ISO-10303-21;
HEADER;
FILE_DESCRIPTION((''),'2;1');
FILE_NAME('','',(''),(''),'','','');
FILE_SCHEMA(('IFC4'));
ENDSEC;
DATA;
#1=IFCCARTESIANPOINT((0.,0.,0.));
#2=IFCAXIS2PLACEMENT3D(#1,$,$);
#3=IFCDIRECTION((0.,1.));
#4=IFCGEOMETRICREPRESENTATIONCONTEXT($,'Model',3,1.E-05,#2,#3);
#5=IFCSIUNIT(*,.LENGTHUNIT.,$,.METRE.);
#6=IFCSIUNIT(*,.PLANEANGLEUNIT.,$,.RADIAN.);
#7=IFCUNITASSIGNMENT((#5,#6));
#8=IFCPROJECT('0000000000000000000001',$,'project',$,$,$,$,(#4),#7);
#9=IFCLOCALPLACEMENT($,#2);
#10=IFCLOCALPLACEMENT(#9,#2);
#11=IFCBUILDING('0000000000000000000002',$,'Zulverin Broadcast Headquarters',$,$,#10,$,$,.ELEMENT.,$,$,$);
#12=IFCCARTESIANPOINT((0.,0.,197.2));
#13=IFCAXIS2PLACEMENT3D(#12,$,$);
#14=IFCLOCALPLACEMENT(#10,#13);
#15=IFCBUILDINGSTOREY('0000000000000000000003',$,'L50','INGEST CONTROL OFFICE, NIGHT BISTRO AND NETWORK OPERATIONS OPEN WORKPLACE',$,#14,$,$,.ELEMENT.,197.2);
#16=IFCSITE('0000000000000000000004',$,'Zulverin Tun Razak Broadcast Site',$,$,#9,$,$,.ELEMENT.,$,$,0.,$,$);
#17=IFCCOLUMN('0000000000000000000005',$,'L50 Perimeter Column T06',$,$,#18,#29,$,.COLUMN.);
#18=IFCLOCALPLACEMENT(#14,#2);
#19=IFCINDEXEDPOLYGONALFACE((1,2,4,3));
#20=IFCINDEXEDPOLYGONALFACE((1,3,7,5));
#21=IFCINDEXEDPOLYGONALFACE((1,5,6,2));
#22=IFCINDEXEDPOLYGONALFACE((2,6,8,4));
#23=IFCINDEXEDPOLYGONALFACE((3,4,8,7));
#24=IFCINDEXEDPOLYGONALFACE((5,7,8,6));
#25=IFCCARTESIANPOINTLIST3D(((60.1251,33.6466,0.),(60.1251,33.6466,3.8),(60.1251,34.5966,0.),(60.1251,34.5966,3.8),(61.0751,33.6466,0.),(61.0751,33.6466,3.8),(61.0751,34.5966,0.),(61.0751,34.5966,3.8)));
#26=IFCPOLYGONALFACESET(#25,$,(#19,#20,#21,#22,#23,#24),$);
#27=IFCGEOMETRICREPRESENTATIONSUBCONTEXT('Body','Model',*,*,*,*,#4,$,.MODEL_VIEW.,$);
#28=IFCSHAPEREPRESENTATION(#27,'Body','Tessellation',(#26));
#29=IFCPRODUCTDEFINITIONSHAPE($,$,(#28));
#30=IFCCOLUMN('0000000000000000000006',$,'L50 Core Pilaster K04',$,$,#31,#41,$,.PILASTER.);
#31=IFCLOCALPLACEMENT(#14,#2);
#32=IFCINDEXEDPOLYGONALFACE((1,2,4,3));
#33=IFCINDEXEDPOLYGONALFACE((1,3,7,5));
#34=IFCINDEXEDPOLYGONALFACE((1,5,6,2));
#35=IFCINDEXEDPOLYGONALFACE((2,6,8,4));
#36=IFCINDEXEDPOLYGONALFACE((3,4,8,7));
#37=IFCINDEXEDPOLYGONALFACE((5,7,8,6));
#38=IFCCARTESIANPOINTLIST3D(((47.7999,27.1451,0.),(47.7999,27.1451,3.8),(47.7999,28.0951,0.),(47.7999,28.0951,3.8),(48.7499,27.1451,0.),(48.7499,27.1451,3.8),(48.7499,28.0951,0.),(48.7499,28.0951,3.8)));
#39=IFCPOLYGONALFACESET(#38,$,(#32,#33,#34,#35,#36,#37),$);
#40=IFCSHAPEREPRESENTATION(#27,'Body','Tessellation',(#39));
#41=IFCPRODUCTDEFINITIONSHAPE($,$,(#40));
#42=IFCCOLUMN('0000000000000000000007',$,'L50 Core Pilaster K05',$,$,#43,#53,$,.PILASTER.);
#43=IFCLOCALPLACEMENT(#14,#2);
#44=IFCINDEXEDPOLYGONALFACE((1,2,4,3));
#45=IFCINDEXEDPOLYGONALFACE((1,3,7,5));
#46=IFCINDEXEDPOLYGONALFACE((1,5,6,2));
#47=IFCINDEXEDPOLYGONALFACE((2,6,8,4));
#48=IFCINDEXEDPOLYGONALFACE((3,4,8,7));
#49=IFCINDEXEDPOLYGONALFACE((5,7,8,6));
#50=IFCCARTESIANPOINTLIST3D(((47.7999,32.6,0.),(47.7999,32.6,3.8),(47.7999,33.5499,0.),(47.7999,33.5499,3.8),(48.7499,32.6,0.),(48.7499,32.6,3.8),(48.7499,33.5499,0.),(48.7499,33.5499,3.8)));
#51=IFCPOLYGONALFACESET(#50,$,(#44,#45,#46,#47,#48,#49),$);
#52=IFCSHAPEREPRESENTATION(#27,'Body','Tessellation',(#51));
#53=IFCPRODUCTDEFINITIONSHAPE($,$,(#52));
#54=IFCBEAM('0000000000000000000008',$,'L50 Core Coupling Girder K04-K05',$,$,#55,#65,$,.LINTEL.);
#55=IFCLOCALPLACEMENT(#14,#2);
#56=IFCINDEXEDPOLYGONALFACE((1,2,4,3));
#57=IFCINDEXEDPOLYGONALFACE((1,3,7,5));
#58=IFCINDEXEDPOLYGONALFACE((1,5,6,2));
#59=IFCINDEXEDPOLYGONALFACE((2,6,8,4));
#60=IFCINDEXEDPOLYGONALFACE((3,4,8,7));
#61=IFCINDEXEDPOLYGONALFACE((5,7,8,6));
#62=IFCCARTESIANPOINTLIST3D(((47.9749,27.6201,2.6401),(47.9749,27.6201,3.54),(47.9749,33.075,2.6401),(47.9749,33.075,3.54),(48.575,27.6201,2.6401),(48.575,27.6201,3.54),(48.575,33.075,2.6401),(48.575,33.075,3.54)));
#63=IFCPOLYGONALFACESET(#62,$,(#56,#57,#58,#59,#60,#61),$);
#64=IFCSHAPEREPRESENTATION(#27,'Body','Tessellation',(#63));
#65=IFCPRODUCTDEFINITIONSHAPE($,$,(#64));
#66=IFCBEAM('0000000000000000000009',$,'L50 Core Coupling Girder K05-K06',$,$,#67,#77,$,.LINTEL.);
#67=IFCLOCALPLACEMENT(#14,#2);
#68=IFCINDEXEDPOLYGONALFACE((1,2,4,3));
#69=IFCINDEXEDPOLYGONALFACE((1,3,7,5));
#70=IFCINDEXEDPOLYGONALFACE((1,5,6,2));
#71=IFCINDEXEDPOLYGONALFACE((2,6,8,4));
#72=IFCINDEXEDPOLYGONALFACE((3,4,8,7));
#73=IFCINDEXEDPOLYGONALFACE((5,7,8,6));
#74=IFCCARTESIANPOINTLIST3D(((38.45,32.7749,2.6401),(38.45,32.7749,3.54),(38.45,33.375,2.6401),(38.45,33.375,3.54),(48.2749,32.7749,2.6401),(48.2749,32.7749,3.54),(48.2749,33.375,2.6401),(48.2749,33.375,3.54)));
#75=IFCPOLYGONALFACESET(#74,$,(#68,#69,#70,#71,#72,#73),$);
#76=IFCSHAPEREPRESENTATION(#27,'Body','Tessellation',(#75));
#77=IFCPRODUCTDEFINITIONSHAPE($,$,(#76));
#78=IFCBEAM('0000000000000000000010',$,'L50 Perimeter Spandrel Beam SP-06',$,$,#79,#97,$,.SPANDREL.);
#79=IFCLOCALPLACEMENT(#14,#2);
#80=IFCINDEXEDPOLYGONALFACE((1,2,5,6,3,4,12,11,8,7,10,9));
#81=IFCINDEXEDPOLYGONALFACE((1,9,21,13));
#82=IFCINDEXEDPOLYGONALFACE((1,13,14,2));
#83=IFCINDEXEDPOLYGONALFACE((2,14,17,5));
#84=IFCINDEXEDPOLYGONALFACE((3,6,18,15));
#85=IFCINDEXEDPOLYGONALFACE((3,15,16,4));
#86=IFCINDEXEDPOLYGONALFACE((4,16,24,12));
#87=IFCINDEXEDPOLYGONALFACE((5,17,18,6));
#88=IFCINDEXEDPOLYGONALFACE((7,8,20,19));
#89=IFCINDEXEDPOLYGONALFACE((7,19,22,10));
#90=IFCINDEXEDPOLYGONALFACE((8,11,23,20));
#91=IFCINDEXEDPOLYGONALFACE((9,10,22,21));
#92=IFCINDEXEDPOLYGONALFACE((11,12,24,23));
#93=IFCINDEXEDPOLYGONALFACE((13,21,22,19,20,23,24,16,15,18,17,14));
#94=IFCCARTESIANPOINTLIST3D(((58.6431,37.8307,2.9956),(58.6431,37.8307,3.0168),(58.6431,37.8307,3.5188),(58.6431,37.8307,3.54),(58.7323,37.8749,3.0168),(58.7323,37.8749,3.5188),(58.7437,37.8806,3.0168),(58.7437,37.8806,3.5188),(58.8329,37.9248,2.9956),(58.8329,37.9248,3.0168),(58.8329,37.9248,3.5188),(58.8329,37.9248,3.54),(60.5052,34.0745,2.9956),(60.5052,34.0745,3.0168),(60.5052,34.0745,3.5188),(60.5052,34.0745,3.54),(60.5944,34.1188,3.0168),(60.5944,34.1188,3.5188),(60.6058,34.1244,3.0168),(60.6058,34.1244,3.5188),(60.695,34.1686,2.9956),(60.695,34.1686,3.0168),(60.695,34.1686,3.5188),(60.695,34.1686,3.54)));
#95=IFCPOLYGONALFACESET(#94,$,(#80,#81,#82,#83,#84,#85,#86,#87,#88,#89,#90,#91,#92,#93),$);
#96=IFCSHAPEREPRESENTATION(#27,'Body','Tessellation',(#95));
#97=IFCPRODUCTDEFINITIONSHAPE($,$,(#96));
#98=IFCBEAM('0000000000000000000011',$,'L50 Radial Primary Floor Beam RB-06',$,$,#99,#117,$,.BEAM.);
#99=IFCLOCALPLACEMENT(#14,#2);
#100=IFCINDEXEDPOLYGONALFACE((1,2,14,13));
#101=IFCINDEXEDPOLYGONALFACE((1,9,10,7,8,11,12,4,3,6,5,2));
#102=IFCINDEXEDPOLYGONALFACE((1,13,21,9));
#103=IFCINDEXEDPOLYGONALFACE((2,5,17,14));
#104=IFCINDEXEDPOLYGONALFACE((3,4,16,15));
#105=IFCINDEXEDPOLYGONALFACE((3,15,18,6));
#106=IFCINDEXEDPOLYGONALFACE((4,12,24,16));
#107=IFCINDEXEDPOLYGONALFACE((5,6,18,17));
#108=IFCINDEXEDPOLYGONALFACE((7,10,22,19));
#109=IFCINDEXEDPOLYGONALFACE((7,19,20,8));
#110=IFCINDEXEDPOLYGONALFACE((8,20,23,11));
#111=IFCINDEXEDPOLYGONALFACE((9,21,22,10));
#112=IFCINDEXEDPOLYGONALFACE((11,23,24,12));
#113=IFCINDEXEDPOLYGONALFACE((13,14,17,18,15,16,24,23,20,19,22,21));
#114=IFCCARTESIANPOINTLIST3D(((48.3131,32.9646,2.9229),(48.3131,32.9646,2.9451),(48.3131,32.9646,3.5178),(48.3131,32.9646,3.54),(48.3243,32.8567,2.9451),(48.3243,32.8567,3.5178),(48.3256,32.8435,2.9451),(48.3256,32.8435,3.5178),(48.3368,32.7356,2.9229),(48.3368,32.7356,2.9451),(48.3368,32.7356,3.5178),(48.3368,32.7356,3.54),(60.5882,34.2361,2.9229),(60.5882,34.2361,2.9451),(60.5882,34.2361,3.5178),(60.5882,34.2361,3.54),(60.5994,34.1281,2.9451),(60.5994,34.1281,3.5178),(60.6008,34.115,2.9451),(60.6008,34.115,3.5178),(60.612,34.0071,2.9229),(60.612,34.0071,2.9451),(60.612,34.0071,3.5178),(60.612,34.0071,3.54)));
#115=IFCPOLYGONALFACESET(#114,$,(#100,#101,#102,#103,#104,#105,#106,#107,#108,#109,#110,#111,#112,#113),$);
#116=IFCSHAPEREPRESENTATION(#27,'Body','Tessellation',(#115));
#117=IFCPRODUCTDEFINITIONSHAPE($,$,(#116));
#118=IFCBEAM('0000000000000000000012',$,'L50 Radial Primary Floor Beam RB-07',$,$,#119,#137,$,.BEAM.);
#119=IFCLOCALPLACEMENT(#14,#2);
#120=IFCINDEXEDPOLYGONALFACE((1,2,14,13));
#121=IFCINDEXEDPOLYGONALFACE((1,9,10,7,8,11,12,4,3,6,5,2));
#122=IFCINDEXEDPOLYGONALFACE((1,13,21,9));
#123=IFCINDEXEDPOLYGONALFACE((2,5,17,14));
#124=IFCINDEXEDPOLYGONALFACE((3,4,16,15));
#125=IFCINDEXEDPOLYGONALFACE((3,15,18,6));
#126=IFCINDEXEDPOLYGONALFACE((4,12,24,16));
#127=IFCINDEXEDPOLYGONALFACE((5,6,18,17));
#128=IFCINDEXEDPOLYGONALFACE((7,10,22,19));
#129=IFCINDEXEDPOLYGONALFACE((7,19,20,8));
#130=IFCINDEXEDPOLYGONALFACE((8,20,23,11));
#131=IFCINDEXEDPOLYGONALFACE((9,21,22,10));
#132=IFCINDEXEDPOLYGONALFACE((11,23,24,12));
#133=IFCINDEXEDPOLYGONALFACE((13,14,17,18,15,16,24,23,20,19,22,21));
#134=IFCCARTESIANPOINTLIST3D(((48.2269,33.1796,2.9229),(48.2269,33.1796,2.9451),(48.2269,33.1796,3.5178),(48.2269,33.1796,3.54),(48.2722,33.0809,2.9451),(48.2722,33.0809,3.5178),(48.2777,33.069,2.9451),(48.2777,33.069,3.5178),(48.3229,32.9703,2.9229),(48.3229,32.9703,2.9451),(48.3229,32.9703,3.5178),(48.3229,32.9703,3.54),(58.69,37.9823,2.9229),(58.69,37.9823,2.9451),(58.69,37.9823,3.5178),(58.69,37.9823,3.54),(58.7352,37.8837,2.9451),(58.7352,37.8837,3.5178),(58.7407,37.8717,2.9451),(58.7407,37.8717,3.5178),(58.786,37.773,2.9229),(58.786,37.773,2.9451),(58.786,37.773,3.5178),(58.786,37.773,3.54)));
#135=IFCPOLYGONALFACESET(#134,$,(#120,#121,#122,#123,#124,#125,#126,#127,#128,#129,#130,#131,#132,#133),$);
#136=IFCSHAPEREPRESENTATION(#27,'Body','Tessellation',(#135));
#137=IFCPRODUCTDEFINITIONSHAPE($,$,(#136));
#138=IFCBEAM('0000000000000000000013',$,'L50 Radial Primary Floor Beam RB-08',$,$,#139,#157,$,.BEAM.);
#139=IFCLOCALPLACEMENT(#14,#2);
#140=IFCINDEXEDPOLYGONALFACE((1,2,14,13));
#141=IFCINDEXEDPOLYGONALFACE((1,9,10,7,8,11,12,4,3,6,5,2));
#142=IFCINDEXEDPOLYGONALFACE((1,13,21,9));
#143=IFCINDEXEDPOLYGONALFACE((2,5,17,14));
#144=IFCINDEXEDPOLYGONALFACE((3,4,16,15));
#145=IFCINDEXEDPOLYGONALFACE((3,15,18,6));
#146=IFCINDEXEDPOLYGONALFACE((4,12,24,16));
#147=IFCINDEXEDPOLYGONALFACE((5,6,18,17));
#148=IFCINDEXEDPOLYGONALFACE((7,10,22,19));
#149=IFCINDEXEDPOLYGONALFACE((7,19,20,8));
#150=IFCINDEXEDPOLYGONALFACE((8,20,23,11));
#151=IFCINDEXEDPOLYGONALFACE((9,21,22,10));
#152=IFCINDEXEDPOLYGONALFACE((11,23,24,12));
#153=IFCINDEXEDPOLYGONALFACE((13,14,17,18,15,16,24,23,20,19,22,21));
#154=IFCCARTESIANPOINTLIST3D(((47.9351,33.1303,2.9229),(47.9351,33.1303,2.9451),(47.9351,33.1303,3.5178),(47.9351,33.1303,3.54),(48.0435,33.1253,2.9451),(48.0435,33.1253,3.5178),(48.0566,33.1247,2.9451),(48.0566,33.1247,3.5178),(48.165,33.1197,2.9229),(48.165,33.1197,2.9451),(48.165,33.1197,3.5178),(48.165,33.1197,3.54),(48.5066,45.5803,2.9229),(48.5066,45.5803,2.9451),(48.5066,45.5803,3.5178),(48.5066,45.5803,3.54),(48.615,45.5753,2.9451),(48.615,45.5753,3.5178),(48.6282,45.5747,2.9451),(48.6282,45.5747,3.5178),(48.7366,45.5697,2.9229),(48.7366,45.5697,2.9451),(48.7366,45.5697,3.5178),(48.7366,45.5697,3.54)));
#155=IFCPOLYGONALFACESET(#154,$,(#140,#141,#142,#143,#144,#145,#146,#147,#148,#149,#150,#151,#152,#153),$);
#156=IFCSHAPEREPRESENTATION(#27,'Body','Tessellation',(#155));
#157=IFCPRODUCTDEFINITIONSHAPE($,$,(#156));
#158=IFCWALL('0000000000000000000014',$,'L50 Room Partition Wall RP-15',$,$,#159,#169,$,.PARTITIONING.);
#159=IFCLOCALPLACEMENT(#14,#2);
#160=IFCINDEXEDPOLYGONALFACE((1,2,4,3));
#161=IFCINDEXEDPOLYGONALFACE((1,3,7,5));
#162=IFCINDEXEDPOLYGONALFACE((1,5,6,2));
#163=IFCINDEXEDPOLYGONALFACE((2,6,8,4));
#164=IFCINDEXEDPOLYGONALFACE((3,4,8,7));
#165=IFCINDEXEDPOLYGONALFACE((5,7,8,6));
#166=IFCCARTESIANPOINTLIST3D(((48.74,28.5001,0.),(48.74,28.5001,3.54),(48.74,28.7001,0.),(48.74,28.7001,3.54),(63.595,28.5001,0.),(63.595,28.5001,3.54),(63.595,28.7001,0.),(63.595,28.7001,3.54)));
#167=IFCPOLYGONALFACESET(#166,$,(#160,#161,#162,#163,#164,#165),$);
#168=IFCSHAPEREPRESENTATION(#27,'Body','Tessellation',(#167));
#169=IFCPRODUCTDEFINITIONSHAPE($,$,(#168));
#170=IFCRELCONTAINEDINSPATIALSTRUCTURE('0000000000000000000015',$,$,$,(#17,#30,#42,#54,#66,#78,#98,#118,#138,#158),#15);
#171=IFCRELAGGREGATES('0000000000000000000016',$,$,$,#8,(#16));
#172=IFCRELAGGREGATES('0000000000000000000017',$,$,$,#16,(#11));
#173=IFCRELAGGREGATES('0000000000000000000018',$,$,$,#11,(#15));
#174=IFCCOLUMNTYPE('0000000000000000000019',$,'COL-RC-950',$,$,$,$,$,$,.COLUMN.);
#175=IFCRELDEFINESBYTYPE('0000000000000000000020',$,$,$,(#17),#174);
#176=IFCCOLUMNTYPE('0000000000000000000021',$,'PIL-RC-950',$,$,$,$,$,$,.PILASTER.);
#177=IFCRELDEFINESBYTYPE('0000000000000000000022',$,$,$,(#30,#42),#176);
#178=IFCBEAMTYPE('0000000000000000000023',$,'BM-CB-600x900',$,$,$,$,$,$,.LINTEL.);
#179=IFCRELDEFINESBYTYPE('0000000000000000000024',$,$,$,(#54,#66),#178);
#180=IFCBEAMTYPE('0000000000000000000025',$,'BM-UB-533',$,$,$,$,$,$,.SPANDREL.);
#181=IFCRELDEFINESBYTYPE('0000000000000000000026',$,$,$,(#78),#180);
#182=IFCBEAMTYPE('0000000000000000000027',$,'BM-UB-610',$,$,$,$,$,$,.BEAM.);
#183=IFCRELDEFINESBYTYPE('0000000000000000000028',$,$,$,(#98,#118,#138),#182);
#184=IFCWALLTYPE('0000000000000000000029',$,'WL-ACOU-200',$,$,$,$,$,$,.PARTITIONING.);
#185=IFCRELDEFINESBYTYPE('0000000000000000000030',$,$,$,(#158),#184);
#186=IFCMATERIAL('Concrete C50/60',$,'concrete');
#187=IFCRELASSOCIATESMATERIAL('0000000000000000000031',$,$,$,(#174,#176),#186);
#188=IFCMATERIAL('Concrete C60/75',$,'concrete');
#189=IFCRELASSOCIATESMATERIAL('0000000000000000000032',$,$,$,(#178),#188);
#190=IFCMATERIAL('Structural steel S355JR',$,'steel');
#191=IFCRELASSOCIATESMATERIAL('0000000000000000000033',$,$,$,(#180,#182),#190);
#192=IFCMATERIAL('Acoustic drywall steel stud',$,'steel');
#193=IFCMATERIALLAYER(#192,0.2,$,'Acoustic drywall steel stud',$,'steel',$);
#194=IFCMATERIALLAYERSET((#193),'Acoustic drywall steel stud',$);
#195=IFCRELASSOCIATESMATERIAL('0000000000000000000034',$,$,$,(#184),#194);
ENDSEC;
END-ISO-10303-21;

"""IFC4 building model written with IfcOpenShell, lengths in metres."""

from ifc_helpers import new_model, si_unit, direction, frame, frame_2d, origin, origin_2d, place, context, subcontext, project, spatial, rectangle, i_section, extrude, material, layer, layer_set, material_profile, profile_set, type_object, element, save


model = new_model("IFC4")

# Units and contexts
model_context = context("Model", 3, precision=1e-05, world=origin(), true_north=direction((0.0, 1.0)))
body_context = subcontext(model_context, "Body", "Model", "MODEL_VIEW")
ifc_project = project(units=[si_unit("LENGTHUNIT", "METRE"), si_unit("PLANEANGLEUNIT", "RADIAN")], contexts=[model_context])

# Site, building, storey
site_placement = place(None, origin())
site = spatial("IfcSite", under=ifc_project, at=site_placement, Name="Zulverin Tun Razak Broadcast Site", CompositionType="ELEMENT", RefElevation=0.0)
building_placement = place(site_placement, origin())
building = spatial("IfcBuilding", under=site, at=building_placement, Name="Zulverin Broadcast Headquarters", CompositionType="ELEMENT")
storey_placement = place(building_placement, frame((0.0, 0.0, 197.2)))
storey = spatial("IfcBuildingStorey", under=building, at=storey_placement, Name="L50", Description="INGEST CONTROL OFFICE, NIGHT BISTRO AND NETWORK OPERATIONS OPEN WORKPLACE", CompositionType="ELEMENT", Elevation=197.2)

# Columns
ifc_material_1 = material(Name="Concrete C50/60", Category="concrete")
ifc_material_profile_1 = material_profile(ifc_material_1, rectangle(XDim=0.95, YDim=0.95, at=origin_2d()), Name="Concrete C50/60", Category="concrete")
ifc_profile_set_1 = profile_set([ifc_material_profile_1], Name="Concrete C50/60")
column_type_1 = type_object("IfcColumnType", Name="COL-RC-950", PredefinedType="COLUMN", material=ifc_profile_set_1)
column_placement = place(storey_placement, frame((60.6001, 34.1216, 0.0), z_axis=(0.0, 0.0, 1.0), x_axis=(1.0, 0.0, 0.0)))
element("IfcColumn", 1, at=column_placement, inside=storey, type_object=column_type_1, Name="L50 Perimeter Column T06", PredefinedType="COLUMN", context=body_context, shape_type="SweptSolid", body=[
    extrude(rectangle(XDim=0.95, YDim=0.95, at=origin_2d()), origin(), (0.0, 0.0, 1.0), 3.8),
])
ifc_material_profile_2 = material_profile(ifc_material_1, rectangle(XDim=0.95, YDim=0.95, at=origin_2d()), Name="Concrete C50/60", Category="concrete")
ifc_profile_set_2 = profile_set([ifc_material_profile_2], Name="Concrete C50/60")
column_type_2 = type_object("IfcColumnType", Name="PIL-RC-950", PredefinedType="PILASTER", material=ifc_profile_set_2)
for number, where, z_axis, x_axis, name in (
    (2, (48.2749, 27.6201, 0.0), (0.0, 0.0, 1.0), (1.0, 0.0, 0.0), "L50 Core Pilaster K04"),
    (3, (48.2749, 33.075, 0.0), (0.0, 0.0, 1.0), (1.0, 0.0, 0.0), "L50 Core Pilaster K05"),
):
    element("IfcColumn", number, at=place(storey_placement, frame(where, z_axis=z_axis, x_axis=x_axis)), inside=storey, type_object=column_type_2, Name=name, PredefinedType="PILASTER", context=body_context, shape_type="SweptSolid", body=[
        extrude(rectangle(XDim=0.95, YDim=0.95, at=origin_2d()), origin(), (0.0, 0.0, 1.0), 3.8),
    ])

# Beams
ifc_material_2 = material(Name="Concrete C60/75", Category="concrete")
ifc_material_profile_3 = material_profile(ifc_material_2, rectangle(XDim=0.6001, YDim=0.8999, at=origin_2d()), Name="Concrete C60/75", Category="concrete")
ifc_profile_set_3 = profile_set([ifc_material_profile_3], Name="Concrete C60/75")
beam_type_1 = type_object("IfcBeamType", Name="BM-CB-600x900", PredefinedType="LINTEL", material=ifc_profile_set_3)
beam_1_placement = place(storey_placement, frame((48.2749, 27.6201, 3.0901), z_axis=(0.0, 1.0, 0.0), x_axis=(-1.0, 0.0, 0.0)))
element("IfcBeam", 4, at=beam_1_placement, inside=storey, type_object=beam_type_1, Name="L50 Core Coupling Girder K04-K05", PredefinedType="LINTEL", context=body_context, shape_type="SweptSolid", body=[
    extrude(rectangle(XDim=0.6001, YDim=0.8999, at=origin_2d()), origin(), (0.0, 0.0, 1.0), 5.4548),
])
beam_2_placement = place(storey_placement, frame((48.2749, 33.075, 3.0901), z_axis=(-1.0, 0.0, 0.0), x_axis=(0.0, -1.0, 0.0)))
element("IfcBeam", 5, at=beam_2_placement, inside=storey, type_object=beam_type_1, Name="L50 Core Coupling Girder K05-K06", PredefinedType="LINTEL", context=body_context, shape_type="SweptSolid", body=[
    extrude(rectangle(XDim=0.6001, YDim=0.8999, at=origin_2d()), origin(), (0.0, 0.0, 1.0), 9.825),
])
ifc_material_3 = material(Name="Structural steel S355JR", Category="steel")
ifc_material_profile_4 = material_profile(ifc_material_3, i_section(OverallWidth=0.2119, OverallDepth=0.5444, WebThickness=0.0127, FlangeThickness=0.0212, at=origin_2d()), Name="Structural steel S355JR", Category="steel")
ifc_profile_set_4 = profile_set([ifc_material_profile_4], Name="Structural steel S355JR")
beam_type_2 = type_object("IfcBeamType", Name="BM-UB-533", PredefinedType="SPANDREL", material=ifc_profile_set_4)
beam_3_placement = place(storey_placement, frame((60.6001, 34.1216, 3.2678), z_axis=(-0.444159, 0.895948, 0.0), x_axis=(-0.895948, -0.444159, 0.0)))
element("IfcBeam", 6, at=beam_3_placement, inside=storey, type_object=beam_type_2, Name="L50 Perimeter Spandrel Beam SP-06", PredefinedType="SPANDREL", context=body_context, shape_type="SweptSolid", body=[
    extrude(i_section(OverallWidth=0.2119, OverallDepth=0.5444, WebThickness=0.0127, FlangeThickness=0.0212, at=origin_2d()), origin(), (0.0, 0.0, 1.0), 4.1924),
])
ifc_material_profile_5 = material_profile(ifc_material_3, i_section(OverallWidth=0.2302, OverallDepth=0.6172, WebThickness=0.0132, FlangeThickness=0.0222, at=origin_2d()), Name="Structural steel S355JR", Category="steel")
ifc_profile_set_5 = profile_set([ifc_material_profile_5], Name="Structural steel S355JR")
beam_type_3 = type_object("IfcBeamType", Name="BM-UB-610", PredefinedType="BEAM", material=ifc_profile_set_5)
beam_4_placement = place(storey_placement, frame((48.325, 32.8501, 3.2314), z_axis=(0.994678, 0.103031, 0.0), x_axis=(-0.103031, 0.994678, 0.0)))
element("IfcBeam", 7, at=beam_4_placement, inside=storey, type_object=beam_type_3, Name="L50 Radial Primary Floor Beam RB-06", PredefinedType="BEAM", context=body_context, shape_type="SweptSolid", body=[
    extrude(i_section(OverallWidth=0.2302, OverallDepth=0.6172, WebThickness=0.0132, FlangeThickness=0.0222, at=origin_2d()), origin(), (0.0, 0.0, 1.0), 12.3408),
])
beam_5_placement = place(storey_placement, frame((48.2749, 33.075, 3.2314), z_axis=(0.90883, 0.417167, 0.0), x_axis=(-0.417167, 0.90883, 0.0)))
element("IfcBeam", 8, at=beam_5_placement, inside=storey, type_object=beam_type_3, Name="L50 Radial Primary Floor Beam RB-07", PredefinedType="BEAM", context=body_context, shape_type="SweptSolid", body=[
    extrude(i_section(OverallWidth=0.2302, OverallDepth=0.6172, WebThickness=0.0132, FlangeThickness=0.0222, at=origin_2d()), origin(), (0.0, 0.0, 1.0), 11.5127),
])
beam_6_placement = place(storey_placement, frame((48.05, 33.125, 3.2314), z_axis=(0.045858, 0.998948, 0.0), x_axis=(-0.998948, 0.045858, 0.0)))
element("IfcBeam", 9, at=beam_6_placement, inside=storey, type_object=beam_type_3, Name="L50 Radial Primary Floor Beam RB-08", PredefinedType="BEAM", context=body_context, shape_type="SweptSolid", body=[
    extrude(i_section(OverallWidth=0.2302, OverallDepth=0.6172, WebThickness=0.0132, FlangeThickness=0.0222, at=origin_2d()), origin(), (0.0, 0.0, 1.0), 12.4631),
])

# Wall
ifc_material_4 = material(Name="Acoustic drywall steel stud", Category="steel")
ifc_layer_1 = layer(ifc_material_4, 0.2, Name="Acoustic drywall steel stud", Category="steel")
ifc_layer_set_1 = layer_set([ifc_layer_1], Name="Acoustic drywall steel stud")
wall_type_1 = type_object("IfcWallType", Name="WL-ACOU-200", PredefinedType="PARTITIONING", material=ifc_layer_set_1)
wall_1_placement = place(storey_placement, frame((48.74, 28.6001, 0.0), z_axis=(0.0, 0.0, 1.0), x_axis=(1.0, 0.0, 0.0)))
element("IfcWall", 10, at=wall_1_placement, inside=storey, type_object=wall_type_1, Name="L50 Room Partition Wall RP-15", PredefinedType="PARTITIONING", context=body_context, shape_type="SweptSolid", body=[
    extrude(rectangle(XDim=14.855, YDim=0.2, at=frame_2d((7.4275, 0.0))), origin(), (0.0, 0.0, 1.0), 3.54),
])

save(model, "model.ifc")
